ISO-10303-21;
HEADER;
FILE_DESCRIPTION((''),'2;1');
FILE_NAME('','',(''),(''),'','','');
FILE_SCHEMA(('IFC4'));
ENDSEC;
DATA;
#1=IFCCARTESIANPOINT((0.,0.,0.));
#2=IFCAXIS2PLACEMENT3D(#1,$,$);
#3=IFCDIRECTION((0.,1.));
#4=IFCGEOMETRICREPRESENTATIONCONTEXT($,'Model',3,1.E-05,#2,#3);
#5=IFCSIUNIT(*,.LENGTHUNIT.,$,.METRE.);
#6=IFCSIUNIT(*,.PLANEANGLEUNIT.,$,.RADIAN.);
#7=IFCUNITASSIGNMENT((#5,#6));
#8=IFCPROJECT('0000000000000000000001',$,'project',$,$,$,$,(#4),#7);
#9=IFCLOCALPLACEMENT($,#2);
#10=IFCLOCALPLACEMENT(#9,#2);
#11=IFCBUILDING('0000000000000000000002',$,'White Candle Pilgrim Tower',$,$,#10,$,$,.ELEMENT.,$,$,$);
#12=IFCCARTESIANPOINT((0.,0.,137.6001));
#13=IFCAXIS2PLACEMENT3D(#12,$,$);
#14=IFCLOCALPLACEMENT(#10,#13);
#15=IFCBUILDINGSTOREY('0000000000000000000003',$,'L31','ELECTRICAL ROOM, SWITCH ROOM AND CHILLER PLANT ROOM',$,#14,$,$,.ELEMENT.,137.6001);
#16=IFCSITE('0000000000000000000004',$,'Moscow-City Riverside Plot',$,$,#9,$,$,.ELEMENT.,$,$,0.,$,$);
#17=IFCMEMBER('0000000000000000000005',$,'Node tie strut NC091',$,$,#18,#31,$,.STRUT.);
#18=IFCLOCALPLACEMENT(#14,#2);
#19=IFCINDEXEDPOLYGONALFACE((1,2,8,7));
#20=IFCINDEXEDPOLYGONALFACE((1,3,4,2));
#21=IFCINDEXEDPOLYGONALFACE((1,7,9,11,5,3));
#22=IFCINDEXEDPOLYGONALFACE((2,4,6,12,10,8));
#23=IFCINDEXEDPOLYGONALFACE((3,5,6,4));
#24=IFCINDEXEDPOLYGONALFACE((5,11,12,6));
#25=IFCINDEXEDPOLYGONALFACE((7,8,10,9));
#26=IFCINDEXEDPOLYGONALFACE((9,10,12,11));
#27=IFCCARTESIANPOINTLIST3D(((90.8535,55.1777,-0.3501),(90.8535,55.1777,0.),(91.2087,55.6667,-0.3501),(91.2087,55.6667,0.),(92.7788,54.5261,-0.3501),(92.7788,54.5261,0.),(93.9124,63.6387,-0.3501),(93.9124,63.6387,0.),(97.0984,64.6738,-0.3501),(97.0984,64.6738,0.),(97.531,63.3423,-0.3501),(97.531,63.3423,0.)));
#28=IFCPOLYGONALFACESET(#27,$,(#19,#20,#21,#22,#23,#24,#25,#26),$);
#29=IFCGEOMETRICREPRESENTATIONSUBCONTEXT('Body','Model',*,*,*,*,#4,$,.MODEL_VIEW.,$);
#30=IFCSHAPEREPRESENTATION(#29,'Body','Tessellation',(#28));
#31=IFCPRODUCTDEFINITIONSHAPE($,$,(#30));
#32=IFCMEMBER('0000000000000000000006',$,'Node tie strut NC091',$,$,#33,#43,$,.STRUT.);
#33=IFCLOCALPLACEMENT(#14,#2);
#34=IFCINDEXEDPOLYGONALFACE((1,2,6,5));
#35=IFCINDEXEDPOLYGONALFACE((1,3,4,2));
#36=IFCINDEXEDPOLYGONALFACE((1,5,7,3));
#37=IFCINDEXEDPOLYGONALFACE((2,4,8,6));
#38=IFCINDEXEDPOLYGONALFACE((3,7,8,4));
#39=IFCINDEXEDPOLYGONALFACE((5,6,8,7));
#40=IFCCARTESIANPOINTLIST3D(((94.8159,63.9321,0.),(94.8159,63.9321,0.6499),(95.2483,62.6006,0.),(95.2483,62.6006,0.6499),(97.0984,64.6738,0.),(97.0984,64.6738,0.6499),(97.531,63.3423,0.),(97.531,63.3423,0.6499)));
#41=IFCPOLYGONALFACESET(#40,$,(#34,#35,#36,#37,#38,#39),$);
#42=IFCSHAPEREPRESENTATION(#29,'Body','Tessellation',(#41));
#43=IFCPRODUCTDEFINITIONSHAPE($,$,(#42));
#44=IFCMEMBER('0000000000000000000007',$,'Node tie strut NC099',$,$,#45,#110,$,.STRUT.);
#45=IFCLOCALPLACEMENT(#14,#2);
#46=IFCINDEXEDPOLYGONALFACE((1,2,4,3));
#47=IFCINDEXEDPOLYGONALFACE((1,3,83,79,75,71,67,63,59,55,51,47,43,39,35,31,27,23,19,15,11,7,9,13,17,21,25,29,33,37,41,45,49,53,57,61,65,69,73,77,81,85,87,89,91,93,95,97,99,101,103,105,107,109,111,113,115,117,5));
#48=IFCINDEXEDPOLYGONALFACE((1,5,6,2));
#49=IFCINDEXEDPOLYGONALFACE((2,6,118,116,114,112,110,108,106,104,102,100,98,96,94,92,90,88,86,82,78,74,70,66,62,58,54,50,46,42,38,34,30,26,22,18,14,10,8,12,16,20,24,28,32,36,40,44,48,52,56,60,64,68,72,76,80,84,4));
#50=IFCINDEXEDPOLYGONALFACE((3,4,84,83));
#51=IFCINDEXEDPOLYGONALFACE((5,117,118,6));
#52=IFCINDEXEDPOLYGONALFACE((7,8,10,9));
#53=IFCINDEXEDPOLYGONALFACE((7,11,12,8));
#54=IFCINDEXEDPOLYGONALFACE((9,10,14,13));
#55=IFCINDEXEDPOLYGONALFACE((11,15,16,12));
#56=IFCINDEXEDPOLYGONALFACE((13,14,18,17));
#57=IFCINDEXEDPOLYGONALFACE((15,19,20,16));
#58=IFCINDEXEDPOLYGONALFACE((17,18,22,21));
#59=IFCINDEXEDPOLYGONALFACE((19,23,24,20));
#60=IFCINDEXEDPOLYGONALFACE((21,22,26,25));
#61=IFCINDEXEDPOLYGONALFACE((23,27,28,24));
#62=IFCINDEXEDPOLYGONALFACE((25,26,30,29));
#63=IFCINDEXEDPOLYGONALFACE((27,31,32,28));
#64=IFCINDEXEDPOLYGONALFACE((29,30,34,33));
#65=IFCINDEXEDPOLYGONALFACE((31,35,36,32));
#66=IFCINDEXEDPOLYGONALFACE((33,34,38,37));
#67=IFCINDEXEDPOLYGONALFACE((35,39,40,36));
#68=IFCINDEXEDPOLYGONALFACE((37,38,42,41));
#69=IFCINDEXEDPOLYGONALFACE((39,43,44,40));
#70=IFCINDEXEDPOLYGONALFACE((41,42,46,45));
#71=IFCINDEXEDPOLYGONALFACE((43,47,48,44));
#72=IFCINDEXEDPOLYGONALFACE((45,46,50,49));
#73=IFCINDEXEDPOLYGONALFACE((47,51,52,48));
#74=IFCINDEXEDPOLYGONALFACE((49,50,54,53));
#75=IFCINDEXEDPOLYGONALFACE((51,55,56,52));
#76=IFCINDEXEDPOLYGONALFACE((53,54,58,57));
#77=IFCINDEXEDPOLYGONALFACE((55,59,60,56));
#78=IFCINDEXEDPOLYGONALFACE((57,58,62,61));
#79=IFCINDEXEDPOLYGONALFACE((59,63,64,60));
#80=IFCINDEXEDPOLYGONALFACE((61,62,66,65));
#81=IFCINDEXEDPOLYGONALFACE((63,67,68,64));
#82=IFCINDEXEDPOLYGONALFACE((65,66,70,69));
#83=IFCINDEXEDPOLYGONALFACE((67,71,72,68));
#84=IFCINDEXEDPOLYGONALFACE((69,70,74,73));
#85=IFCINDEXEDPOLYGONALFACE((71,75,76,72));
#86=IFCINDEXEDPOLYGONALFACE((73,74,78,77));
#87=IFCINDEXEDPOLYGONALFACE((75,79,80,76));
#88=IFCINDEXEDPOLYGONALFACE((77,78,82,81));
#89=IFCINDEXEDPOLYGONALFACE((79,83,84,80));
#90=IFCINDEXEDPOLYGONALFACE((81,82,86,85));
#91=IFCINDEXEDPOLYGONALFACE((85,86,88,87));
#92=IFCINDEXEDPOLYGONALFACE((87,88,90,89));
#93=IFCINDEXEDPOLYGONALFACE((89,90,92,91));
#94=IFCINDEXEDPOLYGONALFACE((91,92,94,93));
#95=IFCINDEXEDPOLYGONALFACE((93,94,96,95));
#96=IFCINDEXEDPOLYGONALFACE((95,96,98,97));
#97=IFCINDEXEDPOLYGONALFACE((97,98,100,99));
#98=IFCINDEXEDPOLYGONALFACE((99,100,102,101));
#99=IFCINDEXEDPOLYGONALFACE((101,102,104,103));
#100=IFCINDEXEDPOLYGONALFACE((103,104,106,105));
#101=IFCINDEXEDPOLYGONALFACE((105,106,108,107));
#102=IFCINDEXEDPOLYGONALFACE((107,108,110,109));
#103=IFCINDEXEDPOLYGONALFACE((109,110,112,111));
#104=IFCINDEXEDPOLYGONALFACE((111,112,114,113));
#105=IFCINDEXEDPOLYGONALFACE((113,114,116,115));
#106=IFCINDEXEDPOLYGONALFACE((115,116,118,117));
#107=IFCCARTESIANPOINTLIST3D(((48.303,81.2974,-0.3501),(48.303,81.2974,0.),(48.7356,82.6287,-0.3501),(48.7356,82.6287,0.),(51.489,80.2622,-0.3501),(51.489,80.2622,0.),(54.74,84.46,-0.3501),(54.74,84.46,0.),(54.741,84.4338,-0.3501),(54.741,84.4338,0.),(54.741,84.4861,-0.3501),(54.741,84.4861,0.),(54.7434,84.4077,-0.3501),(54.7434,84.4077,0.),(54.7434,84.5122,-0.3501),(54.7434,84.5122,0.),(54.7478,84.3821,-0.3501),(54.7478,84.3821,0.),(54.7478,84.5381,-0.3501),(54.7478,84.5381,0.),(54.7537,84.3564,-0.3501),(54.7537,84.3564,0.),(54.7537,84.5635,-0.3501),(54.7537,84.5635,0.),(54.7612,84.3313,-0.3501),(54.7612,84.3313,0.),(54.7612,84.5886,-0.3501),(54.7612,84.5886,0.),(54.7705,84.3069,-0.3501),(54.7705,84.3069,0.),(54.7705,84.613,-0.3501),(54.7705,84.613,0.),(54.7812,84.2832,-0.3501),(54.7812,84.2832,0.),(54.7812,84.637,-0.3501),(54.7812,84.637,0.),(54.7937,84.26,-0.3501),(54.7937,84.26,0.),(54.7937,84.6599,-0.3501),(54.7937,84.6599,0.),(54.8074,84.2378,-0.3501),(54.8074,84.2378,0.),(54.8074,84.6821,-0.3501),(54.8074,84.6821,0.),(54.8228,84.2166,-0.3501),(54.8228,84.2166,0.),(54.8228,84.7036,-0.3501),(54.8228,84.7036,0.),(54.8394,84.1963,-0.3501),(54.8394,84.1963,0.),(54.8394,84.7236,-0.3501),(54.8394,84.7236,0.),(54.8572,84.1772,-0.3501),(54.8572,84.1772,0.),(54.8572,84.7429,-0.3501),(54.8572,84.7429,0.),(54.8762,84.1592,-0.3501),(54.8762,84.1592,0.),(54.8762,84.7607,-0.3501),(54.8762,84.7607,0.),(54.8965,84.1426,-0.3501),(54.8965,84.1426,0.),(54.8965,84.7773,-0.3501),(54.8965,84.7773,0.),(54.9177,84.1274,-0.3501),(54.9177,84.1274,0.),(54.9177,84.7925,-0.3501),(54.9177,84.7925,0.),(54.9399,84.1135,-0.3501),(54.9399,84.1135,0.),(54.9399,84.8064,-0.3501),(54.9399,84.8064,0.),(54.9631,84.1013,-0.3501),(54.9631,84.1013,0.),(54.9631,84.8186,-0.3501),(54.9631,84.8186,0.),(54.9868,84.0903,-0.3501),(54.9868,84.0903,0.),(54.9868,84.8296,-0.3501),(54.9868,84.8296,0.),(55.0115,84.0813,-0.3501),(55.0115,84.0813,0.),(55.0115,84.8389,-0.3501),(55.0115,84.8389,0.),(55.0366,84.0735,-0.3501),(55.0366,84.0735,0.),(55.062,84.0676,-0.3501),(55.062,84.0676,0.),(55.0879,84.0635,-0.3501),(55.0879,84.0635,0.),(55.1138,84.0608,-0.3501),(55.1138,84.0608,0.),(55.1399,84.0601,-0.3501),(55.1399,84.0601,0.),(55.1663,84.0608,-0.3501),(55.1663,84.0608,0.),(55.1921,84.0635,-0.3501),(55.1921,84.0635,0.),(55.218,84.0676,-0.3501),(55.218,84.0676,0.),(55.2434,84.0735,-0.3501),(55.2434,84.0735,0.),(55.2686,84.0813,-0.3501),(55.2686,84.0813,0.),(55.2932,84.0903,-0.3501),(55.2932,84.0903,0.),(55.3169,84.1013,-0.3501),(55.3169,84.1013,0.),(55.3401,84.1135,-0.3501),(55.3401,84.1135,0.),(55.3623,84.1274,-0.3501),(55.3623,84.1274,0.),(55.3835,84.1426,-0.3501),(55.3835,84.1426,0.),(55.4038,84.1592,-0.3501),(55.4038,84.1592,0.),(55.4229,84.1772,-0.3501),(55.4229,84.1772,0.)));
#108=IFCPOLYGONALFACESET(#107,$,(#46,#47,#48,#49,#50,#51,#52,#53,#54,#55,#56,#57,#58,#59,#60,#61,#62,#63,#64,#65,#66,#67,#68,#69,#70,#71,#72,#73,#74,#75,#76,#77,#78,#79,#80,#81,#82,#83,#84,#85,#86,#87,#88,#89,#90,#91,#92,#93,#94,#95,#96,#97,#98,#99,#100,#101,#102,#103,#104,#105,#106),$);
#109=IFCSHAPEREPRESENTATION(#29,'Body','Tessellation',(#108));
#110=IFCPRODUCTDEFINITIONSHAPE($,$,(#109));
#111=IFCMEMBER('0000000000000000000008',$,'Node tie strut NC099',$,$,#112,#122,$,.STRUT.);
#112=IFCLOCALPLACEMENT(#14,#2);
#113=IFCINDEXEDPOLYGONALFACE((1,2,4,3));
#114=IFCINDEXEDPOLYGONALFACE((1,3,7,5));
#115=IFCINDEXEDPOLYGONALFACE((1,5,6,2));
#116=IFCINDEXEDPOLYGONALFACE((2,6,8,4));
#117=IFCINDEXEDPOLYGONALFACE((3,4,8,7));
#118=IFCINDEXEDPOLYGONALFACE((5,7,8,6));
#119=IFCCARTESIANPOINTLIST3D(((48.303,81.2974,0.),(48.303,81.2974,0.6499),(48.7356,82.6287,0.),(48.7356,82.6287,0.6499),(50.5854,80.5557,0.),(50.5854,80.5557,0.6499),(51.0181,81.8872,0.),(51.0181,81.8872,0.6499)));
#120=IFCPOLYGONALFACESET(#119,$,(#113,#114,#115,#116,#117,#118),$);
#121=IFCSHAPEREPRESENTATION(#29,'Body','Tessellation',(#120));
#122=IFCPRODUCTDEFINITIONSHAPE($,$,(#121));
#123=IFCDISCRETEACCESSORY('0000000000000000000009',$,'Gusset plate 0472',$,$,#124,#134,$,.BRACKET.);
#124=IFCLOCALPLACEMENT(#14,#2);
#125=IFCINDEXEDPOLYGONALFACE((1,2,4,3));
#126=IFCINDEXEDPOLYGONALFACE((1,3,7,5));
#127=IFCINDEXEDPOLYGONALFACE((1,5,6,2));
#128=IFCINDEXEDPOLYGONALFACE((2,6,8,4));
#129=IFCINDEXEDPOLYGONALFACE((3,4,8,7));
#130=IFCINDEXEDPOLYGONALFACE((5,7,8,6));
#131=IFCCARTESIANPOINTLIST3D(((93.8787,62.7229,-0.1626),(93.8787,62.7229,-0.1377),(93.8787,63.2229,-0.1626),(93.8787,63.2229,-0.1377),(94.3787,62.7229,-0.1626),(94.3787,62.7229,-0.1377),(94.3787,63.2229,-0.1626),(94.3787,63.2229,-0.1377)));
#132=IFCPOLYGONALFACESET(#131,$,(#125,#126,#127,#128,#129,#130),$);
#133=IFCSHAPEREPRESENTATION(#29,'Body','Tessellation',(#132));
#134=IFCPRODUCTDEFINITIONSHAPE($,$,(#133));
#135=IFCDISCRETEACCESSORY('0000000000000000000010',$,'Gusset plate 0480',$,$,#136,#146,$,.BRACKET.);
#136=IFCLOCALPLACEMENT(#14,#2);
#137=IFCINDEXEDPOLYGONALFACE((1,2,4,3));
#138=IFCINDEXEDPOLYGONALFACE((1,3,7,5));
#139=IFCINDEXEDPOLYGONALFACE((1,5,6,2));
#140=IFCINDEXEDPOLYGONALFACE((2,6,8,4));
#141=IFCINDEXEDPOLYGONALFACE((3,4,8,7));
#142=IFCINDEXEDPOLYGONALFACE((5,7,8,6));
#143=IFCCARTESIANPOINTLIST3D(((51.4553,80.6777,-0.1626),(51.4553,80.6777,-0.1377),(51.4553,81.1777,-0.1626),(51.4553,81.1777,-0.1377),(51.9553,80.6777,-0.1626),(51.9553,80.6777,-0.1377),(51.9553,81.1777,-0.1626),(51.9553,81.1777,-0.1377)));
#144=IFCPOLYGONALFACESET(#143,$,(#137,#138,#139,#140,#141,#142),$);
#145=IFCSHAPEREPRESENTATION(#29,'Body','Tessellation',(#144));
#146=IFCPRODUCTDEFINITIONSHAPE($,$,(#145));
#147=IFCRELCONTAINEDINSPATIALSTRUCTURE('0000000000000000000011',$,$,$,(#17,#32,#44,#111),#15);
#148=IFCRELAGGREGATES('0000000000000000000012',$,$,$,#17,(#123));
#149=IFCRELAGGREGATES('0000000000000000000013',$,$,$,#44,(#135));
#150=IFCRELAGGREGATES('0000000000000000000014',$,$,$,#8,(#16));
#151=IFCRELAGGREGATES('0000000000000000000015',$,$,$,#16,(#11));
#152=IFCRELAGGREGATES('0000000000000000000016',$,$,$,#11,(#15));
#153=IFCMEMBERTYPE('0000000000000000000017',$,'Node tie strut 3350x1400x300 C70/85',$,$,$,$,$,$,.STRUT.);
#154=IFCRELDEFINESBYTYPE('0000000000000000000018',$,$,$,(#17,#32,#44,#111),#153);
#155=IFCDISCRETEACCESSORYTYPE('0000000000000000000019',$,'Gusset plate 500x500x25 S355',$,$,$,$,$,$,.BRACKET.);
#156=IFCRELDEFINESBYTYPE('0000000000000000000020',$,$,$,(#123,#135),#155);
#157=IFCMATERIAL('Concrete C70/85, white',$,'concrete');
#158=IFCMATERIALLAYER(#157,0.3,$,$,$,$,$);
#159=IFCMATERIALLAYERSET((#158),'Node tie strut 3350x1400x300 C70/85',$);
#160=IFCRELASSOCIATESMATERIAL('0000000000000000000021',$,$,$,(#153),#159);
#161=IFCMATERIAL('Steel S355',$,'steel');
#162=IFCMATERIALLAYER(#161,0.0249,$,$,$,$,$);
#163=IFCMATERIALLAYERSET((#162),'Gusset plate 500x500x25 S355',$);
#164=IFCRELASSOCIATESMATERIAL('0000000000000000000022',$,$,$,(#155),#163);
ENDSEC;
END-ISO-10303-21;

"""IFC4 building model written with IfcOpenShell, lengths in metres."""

from ifc_helpers import new_model, si_unit, direction, frame, origin, origin_2d, place, context, subcontext, project, spatial, polyline, rectangle, outline, extrude, material, layer, layer_set, type_object, element, aggregate, save


model = new_model("IFC4")

# Units and contexts
model_context = context("Model", 3, precision=1e-05, world=origin(), true_north=direction((0.0, 1.0)))
body_context = subcontext(model_context, "Body", "Model", "MODEL_VIEW")
ifc_project = project(units=[si_unit("LENGTHUNIT", "METRE"), si_unit("PLANEANGLEUNIT", "RADIAN")], contexts=[model_context])

# Site, building, storey
site_placement = place(None, origin())
site = spatial("IfcSite", under=ifc_project, at=site_placement, Name="Moscow-City Riverside Plot", CompositionType="ELEMENT", RefElevation=0.0)
building_placement = place(site_placement, origin())
building = spatial("IfcBuilding", under=site, at=building_placement, Name="White Candle Pilgrim Tower", CompositionType="ELEMENT")
storey_placement = place(building_placement, frame((0.0, 0.0, 137.6001)))
storey = spatial("IfcBuildingStorey", under=building, at=storey_placement, Name="L31", Description="ELECTRICAL ROOM, SWITCH ROOM AND CHILLER PLANT ROOM", CompositionType="ELEMENT", Elevation=137.6001)

# Members
ifc_material_1 = material(Name="Concrete C70/85, white", Category="concrete")
ifc_layer_1 = layer(ifc_material_1, 0.3)
ifc_layer_set_1 = layer_set([ifc_layer_1], Name="Node tie strut 3350x1400x300 C70/85")
member_type_1 = type_object("IfcMemberType", Name="Node tie strut 3350x1400x300 C70/85", PredefinedType="STRUT", material=ifc_layer_set_1)
member_1_placement = place(storey_placement, frame((0.0, 0.0, -0.3501)))
member_1 = element("IfcMember", 1, at=member_1_placement, inside=storey, type_object=member_type_1, Name="Node tie strut NC091", PredefinedType="STRUT", context=body_context, shape_type="SweptSolid", body=[
    extrude(outline(polyline([(92.7788, 54.5261), (97.531, 63.3423), (97.0984, 64.6738), (93.9124, 63.6387), (90.8535, 55.1777), (91.2087, 55.6667), (92.7788, 54.5261)])), origin(), (0.0, 0.0, 1.0), 0.3501),
])
member_2_placement = place(storey_placement, origin())
element("IfcMember", 2, at=member_2_placement, inside=storey, type_object=member_type_1, Name="Node tie strut NC091", PredefinedType="STRUT", context=body_context, shape_type="SweptSolid", body=[
    extrude(outline(polyline([(95.2483, 62.6006), (97.531, 63.3423), (97.0984, 64.6738), (94.8159, 63.9321), (95.2483, 62.6006)])), origin(), (0.0, 0.0, 1.0), 0.6499),
])
member_3_placement = place(storey_placement, frame((0.0, 0.0, -0.3501)))
member_3 = element("IfcMember", 3, at=member_3_placement, inside=storey, type_object=member_type_1, Name="Node tie strut NC099", PredefinedType="STRUT", context=body_context, shape_type="SweptSolid", body=[
    extrude(outline(polyline([(51.489, 80.2622), (55.4229, 84.1772), (55.4038, 84.1592), (55.3835, 84.1426), (55.3623, 84.1274), (55.3401, 84.1135), (55.3169, 84.1013), (55.2932, 84.0903), (55.2686, 84.0813), (55.2434, 84.0735), (55.218, 84.0676), (55.1921, 84.0635), (55.1663, 84.0608), (55.1399, 84.0601), (55.1138, 84.0608), (55.0879, 84.0635), (55.062, 84.0676), (55.0366, 84.0735), (55.0115, 84.0813), (54.9868, 84.0903), (54.9631, 84.1013), (54.9399, 84.1135), (54.9177, 84.1274), (54.8965, 84.1426), (54.8762, 84.1592), (54.8572, 84.1772), (54.8394, 84.1963), (54.8228, 84.2166), (54.8074, 84.2378), (54.7937, 84.26), (54.7812, 84.2832), (54.7705, 84.3069), (54.7612, 84.3313), (54.7537, 84.3564), (54.7478, 84.3821), (54.7434, 84.4077), (54.741, 84.4338), (54.74, 84.46), (54.741, 84.4861), (54.7434, 84.5122), (54.7478, 84.5381), (54.7537, 84.5635), (54.7612, 84.5886), (54.7705, 84.613), (54.7812, 84.637), (54.7937, 84.6599), (54.8074, 84.6821), (54.8228, 84.7036), (54.8394, 84.7236), (54.8572, 84.7429), (54.8762, 84.7607), (54.8965, 84.7773), (54.9177, 84.7925), (54.9399, 84.8064), (54.9631, 84.8186), (54.9868, 84.8296), (55.0115, 84.8389), (48.7356, 82.6287), (48.303, 81.2974), (51.489, 80.2622)])), origin(), (0.0, 0.0, 1.0), 0.3501),
])
member_4_placement = place(storey_placement, origin())
element("IfcMember", 4, at=member_4_placement, inside=storey, type_object=member_type_1, Name="Node tie strut NC099", PredefinedType="STRUT", context=body_context, shape_type="SweptSolid", body=[
    extrude(outline(polyline([(50.5854, 80.5557), (51.0181, 81.8872), (48.7356, 82.6287), (48.303, 81.2974), (50.5854, 80.5557)])), origin(), (0.0, 0.0, 1.0), 0.6499),
])

# Discrete accessories
ifc_material_2 = material(Name="Steel S355", Category="steel")
ifc_layer_2 = layer(ifc_material_2, 0.0249)
ifc_layer_set_2 = layer_set([ifc_layer_2], Name="Gusset plate 500x500x25 S355")
discrete_accessory_type = type_object("IfcDiscreteAccessoryType", Name="Gusset plate 500x500x25 S355", PredefinedType="BRACKET", material=ifc_layer_set_2)
discrete_accessory_1_placement = place(storey_placement, frame((94.1287, 62.9729, -0.1626), z_axis=(0.0, 0.0, 1.0), x_axis=(1.0, 0.0, 0.0)))
discrete_accessory_1 = element("IfcDiscreteAccessory", 5, at=discrete_accessory_1_placement, type_object=discrete_accessory_type, Name="Gusset plate 0472", PredefinedType="BRACKET", context=body_context, shape_type="SweptSolid", body=[
    extrude(rectangle(XDim=0.5, YDim=0.5, at=origin_2d()), origin(), (0.0, 0.0, 1.0), 0.0249),
])
aggregate(member_1, [discrete_accessory_1])
discrete_accessory_2_placement = place(storey_placement, frame((51.7053, 80.9277, -0.1626), z_axis=(0.0, 0.0, 1.0), x_axis=(1.0, 0.0, 0.0)))
discrete_accessory_2 = element("IfcDiscreteAccessory", 6, at=discrete_accessory_2_placement, type_object=discrete_accessory_type, Name="Gusset plate 0480", PredefinedType="BRACKET", context=body_context, shape_type="SweptSolid", body=[
    extrude(rectangle(XDim=0.5, YDim=0.5, at=origin_2d()), origin(), (0.0, 0.0, 1.0), 0.0249),
])
aggregate(member_3, [discrete_accessory_2])

save(model, "model.ifc")
